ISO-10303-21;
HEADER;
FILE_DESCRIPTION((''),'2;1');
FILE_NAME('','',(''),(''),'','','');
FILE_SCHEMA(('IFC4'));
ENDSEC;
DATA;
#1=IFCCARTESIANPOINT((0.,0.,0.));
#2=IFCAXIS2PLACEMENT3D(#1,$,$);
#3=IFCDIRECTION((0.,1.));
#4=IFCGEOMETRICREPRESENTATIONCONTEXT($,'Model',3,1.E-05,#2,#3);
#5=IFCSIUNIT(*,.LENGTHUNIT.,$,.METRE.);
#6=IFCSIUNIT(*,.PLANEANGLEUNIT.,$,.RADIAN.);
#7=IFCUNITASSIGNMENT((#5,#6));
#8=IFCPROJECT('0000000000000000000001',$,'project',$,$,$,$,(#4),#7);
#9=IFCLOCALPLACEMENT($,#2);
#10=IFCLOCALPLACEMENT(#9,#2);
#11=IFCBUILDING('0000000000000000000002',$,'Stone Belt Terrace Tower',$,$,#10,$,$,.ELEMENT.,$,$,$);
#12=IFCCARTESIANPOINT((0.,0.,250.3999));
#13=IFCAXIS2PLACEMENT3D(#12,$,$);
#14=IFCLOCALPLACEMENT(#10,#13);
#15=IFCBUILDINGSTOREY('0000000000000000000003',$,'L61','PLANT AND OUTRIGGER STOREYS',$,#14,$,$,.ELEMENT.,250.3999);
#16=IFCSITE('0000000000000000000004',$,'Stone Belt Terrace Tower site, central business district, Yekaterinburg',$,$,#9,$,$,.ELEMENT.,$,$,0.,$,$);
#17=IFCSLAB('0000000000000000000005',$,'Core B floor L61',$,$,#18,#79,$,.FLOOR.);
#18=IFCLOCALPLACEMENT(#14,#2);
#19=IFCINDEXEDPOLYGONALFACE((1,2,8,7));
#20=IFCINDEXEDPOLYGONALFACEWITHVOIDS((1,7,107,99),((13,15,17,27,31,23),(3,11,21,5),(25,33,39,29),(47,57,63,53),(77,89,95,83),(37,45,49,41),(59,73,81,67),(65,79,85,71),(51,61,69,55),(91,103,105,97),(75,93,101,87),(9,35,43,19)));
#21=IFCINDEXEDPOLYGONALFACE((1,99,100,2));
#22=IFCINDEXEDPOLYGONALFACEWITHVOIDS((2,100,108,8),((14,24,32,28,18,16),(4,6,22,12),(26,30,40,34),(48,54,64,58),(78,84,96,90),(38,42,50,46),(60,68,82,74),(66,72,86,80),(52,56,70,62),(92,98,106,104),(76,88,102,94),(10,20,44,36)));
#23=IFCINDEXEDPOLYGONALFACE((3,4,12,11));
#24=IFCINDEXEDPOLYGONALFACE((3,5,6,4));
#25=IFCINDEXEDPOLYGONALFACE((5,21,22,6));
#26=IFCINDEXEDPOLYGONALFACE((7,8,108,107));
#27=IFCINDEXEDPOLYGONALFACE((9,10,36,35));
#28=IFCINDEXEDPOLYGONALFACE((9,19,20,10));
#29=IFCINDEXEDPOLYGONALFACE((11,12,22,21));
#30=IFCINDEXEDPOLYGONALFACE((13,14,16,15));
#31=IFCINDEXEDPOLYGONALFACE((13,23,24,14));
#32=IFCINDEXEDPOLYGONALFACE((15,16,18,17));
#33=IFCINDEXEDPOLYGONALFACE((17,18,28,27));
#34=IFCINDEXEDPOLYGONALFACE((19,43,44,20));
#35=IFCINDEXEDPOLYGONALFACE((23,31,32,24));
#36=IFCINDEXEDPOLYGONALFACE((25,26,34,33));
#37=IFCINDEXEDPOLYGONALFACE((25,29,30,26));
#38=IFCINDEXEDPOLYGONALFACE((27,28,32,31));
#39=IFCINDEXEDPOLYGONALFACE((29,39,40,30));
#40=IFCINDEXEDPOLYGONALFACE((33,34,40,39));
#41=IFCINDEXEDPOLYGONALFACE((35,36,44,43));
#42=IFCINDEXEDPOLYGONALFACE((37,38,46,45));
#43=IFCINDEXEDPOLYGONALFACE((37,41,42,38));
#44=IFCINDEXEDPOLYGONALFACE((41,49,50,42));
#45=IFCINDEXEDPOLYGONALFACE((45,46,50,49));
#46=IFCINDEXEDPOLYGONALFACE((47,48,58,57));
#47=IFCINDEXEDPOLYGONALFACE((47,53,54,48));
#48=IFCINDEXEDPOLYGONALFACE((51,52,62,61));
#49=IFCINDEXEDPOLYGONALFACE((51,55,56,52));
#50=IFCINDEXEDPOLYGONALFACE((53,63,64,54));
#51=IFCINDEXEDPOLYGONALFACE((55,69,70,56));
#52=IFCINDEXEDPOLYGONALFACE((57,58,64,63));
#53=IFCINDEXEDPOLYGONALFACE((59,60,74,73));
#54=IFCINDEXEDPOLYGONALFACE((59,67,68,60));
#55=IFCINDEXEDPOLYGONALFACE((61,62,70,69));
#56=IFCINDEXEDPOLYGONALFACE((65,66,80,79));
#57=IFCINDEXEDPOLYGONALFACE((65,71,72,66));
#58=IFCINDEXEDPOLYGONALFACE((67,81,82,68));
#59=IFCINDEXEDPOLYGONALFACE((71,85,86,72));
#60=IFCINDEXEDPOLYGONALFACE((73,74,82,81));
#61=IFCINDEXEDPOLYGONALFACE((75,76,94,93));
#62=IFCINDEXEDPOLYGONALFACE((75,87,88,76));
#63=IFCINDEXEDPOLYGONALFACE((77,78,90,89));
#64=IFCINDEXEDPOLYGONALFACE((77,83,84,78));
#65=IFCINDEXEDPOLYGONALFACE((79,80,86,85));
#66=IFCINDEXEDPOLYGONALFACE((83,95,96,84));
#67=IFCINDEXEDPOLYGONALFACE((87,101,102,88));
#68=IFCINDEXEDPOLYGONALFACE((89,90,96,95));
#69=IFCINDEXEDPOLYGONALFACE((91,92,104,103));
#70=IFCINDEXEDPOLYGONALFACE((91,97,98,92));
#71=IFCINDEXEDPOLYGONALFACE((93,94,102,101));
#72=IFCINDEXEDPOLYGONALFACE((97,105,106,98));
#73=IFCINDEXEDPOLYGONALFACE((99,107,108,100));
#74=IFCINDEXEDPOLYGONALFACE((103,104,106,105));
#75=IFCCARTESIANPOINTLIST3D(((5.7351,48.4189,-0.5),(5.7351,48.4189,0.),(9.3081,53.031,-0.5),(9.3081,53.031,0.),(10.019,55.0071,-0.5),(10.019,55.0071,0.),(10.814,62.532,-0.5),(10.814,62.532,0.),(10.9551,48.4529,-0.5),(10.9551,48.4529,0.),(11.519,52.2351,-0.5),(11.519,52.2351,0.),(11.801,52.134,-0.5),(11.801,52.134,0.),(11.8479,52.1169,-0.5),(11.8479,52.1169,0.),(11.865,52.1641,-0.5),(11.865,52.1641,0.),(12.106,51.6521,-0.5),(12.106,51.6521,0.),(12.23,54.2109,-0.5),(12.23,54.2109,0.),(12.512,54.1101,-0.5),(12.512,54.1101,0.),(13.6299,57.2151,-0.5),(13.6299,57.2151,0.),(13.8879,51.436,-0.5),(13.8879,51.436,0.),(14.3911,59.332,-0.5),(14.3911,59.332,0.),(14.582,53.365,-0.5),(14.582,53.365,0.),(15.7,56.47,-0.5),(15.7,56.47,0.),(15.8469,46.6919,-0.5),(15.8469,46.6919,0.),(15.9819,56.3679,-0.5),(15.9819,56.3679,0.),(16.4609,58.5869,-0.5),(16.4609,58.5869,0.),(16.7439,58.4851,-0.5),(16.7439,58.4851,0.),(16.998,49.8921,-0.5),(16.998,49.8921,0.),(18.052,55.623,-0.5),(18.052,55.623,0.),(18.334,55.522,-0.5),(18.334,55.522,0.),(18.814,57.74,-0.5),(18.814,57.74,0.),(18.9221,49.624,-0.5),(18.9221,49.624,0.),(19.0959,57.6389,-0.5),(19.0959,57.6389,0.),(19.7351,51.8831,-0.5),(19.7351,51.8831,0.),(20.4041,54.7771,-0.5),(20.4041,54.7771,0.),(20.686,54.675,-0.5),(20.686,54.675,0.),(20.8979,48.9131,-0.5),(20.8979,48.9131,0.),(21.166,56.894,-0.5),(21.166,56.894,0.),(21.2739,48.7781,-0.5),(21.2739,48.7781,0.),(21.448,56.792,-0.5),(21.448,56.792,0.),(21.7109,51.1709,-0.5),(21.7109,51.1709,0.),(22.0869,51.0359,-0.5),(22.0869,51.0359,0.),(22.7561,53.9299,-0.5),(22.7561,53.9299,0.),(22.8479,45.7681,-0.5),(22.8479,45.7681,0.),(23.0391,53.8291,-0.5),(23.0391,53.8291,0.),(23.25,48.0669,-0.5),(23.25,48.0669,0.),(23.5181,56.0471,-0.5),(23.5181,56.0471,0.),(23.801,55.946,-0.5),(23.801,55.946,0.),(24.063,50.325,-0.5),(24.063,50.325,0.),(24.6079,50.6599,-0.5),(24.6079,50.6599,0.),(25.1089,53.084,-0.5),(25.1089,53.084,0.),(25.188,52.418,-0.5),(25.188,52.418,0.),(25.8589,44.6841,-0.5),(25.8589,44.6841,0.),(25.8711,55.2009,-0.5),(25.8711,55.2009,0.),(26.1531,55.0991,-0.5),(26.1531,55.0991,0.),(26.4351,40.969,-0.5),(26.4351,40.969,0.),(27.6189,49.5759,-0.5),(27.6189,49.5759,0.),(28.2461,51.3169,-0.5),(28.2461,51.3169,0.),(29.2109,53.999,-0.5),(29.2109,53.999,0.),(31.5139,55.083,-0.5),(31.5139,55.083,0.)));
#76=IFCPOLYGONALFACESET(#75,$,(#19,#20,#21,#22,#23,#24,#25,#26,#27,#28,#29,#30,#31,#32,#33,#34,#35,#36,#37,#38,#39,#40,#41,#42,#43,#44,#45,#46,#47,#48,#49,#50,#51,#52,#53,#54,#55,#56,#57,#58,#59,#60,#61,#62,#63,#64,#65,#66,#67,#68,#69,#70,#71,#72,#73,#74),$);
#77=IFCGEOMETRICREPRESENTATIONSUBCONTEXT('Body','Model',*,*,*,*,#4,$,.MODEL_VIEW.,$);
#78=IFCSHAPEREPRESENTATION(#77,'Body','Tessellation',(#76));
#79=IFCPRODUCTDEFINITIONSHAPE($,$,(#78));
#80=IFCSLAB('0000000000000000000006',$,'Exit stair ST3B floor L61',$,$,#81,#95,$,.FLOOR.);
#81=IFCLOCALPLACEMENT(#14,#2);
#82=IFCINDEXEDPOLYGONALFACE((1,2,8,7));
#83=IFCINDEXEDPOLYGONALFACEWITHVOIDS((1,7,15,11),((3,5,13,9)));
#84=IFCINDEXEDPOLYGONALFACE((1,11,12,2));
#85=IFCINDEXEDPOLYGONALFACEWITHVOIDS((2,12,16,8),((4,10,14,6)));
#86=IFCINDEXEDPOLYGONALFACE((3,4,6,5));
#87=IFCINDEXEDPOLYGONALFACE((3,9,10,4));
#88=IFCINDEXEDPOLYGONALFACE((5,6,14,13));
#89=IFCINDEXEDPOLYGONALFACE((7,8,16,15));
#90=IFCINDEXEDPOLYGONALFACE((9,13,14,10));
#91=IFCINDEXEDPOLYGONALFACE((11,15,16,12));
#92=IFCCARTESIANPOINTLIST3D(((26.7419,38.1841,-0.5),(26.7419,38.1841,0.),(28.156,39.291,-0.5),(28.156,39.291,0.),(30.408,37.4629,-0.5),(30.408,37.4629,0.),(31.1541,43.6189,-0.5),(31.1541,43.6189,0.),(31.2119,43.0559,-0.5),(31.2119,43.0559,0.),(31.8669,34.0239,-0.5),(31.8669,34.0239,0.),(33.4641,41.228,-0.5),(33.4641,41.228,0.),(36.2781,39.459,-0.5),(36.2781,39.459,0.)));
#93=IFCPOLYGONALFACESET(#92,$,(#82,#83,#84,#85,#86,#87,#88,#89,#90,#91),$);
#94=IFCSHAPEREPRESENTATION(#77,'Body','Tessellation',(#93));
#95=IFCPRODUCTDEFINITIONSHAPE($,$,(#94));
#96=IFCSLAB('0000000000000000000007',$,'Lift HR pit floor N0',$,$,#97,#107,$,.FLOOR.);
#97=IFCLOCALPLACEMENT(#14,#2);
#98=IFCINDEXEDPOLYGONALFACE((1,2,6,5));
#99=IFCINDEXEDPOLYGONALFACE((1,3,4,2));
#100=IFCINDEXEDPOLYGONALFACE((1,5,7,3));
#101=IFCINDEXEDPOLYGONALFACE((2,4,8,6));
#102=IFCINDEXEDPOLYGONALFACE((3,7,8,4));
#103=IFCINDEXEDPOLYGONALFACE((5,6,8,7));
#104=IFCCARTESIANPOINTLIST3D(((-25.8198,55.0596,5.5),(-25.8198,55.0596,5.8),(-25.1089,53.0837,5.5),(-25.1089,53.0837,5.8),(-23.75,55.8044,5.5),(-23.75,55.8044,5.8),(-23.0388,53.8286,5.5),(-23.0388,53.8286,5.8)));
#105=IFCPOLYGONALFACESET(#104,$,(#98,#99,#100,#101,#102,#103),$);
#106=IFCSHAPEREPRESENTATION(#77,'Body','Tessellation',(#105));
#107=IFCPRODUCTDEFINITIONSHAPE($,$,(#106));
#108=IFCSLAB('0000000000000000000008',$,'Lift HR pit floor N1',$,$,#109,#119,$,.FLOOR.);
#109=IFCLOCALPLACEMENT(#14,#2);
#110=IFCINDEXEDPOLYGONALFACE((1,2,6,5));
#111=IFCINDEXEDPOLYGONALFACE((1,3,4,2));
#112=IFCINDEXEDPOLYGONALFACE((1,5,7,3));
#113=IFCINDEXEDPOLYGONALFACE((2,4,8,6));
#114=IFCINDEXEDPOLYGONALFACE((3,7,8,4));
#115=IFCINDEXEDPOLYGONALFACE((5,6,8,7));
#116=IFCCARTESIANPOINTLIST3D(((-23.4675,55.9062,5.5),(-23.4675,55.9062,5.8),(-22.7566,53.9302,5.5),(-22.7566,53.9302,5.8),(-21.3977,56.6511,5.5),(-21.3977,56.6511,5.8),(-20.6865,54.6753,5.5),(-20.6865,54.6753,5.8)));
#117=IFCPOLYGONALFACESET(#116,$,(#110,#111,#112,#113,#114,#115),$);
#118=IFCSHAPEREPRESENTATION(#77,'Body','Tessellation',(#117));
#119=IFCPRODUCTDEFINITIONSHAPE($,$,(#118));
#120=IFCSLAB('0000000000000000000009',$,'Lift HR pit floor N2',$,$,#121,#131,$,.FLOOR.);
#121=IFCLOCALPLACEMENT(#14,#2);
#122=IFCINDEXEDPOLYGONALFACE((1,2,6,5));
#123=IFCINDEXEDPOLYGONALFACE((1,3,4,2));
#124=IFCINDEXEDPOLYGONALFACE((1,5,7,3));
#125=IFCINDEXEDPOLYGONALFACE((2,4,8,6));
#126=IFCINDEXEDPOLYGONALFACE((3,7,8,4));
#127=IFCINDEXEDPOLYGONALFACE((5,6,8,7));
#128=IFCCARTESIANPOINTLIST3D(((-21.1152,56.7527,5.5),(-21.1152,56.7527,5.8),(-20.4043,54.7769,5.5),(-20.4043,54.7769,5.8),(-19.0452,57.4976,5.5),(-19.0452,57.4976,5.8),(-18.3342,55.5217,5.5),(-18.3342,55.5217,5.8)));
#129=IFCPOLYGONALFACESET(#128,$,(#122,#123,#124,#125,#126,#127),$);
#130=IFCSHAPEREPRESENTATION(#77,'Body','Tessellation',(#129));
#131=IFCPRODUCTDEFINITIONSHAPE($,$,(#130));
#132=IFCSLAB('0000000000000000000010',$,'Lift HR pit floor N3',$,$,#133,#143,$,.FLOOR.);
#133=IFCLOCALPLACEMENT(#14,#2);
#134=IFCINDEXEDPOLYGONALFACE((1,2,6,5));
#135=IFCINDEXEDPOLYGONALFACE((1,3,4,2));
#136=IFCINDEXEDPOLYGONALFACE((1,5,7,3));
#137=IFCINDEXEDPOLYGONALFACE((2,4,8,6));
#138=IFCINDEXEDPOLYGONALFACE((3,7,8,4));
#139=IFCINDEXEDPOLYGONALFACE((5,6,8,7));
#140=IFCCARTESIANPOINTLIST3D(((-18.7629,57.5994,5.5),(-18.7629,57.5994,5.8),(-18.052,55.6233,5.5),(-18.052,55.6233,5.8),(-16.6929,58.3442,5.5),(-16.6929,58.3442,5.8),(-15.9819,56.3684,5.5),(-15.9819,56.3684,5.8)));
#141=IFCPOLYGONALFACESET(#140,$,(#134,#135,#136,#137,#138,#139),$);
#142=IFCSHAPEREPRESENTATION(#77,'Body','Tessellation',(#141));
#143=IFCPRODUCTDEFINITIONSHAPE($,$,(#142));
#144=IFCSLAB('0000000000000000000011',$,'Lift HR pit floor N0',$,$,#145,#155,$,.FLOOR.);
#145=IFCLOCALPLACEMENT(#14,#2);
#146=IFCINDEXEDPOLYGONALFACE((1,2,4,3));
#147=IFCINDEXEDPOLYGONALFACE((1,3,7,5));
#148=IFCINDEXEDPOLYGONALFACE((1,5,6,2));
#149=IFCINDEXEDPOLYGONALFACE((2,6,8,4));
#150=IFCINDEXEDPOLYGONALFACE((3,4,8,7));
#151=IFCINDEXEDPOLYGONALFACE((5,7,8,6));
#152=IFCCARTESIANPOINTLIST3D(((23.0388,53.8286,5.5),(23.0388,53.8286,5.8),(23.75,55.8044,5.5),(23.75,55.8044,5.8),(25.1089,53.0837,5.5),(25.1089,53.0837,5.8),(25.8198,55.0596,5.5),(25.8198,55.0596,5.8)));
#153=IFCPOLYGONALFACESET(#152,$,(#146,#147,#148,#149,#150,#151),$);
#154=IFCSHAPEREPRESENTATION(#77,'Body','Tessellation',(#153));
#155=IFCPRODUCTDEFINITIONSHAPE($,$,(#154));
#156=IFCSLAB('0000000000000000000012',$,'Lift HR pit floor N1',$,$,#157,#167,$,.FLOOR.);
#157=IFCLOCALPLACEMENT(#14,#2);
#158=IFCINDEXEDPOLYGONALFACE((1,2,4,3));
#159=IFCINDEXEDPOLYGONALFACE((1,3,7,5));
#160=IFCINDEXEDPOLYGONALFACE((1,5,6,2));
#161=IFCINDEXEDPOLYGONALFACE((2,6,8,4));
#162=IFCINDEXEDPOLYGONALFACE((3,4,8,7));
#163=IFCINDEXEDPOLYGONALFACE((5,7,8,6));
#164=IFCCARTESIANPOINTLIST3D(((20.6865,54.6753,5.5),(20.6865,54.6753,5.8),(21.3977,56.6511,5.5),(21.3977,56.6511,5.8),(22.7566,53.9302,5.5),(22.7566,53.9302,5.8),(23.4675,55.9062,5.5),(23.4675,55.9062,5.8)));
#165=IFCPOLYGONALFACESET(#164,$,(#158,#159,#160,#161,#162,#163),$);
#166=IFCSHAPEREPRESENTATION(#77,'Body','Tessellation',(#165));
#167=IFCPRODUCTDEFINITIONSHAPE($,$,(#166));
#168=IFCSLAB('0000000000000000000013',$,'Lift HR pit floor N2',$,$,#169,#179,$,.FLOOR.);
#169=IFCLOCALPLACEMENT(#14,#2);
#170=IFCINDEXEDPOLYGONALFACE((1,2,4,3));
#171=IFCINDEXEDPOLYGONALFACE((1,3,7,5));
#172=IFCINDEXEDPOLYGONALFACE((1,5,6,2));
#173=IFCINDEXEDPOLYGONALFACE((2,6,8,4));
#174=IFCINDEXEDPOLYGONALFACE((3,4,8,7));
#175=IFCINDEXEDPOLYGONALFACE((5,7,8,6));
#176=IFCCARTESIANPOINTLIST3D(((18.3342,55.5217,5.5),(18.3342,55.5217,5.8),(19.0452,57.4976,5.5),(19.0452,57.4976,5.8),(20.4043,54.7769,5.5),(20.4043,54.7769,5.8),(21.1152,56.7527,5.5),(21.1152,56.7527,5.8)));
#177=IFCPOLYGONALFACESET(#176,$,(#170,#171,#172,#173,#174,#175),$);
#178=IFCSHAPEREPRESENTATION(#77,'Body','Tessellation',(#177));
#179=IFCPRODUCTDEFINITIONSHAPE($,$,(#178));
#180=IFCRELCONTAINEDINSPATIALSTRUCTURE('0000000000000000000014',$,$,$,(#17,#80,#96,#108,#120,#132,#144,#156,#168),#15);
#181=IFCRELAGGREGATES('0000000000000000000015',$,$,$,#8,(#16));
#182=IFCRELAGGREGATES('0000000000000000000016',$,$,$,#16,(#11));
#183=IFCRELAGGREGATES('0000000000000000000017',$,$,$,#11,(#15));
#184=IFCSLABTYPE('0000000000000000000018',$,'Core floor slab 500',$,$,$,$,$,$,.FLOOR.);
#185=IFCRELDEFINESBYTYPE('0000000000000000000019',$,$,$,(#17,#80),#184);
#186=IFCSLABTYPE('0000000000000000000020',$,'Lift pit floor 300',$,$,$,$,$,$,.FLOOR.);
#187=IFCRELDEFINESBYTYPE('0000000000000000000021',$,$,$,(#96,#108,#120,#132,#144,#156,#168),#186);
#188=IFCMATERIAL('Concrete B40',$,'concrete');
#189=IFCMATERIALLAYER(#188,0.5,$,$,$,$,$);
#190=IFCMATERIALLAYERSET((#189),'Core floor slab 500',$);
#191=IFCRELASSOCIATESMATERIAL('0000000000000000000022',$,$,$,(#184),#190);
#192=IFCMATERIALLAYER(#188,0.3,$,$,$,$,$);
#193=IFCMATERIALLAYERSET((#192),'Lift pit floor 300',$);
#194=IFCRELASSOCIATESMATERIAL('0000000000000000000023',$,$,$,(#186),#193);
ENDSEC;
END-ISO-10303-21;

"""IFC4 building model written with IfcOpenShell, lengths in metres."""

from ifc_helpers import new_model, si_unit, direction, frame, origin, place, context, subcontext, project, spatial, polyline, outline, extrude, material, layer, layer_set, type_object, element, save


model = new_model("IFC4")

# Units and contexts
model_context = context("Model", 3, precision=1e-05, world=origin(), true_north=direction((0.0, 1.0)))
body_context = subcontext(model_context, "Body", "Model", "MODEL_VIEW")
ifc_project = project(units=[si_unit("LENGTHUNIT", "METRE"), si_unit("PLANEANGLEUNIT", "RADIAN")], contexts=[model_context])

# Site, building, storey
site_placement = place(None, origin())
site = spatial("IfcSite", under=ifc_project, at=site_placement, Name="Stone Belt Terrace Tower site, central business district, Yekaterinburg", CompositionType="ELEMENT", RefElevation=0.0)
building_placement = place(site_placement, origin())
building = spatial("IfcBuilding", under=site, at=building_placement, Name="Stone Belt Terrace Tower", CompositionType="ELEMENT")
storey_placement = place(building_placement, frame((0.0, 0.0, 250.3999)))
storey = spatial("IfcBuildingStorey", under=building, at=storey_placement, Name="L61", Description="PLANT AND OUTRIGGER STOREYS", CompositionType="ELEMENT", Elevation=250.3999)

# Slabs
ifc_material_1 = material(Name="Concrete B40", Category="concrete")
ifc_layer_1 = layer(ifc_material_1, 0.5)
ifc_layer_set_1 = layer_set([ifc_layer_1], Name="Core floor slab 500")
slab_type_1 = type_object("IfcSlabType", Name="Core floor slab 500", PredefinedType="FLOOR", material=ifc_layer_set_1)
slab_1_placement = place(storey_placement, frame((0.0, 0.0, -0.5)))
element("IfcSlab", 1, at=slab_1_placement, inside=storey, type_object=slab_type_1, Name="Core B floor L61", PredefinedType="FLOOR", context=body_context, shape_type="SweptSolid", body=[
    extrude(outline(polyline([(26.4351, 40.969), (31.5139, 55.083), (10.814, 62.532), (5.7351, 48.4189), (26.4351, 40.969)]), holes=[polyline([(12.106, 51.6521), (16.998, 49.8921), (15.8469, 46.6919), (10.9551, 48.4529), (12.106, 51.6521)]), polyline([(12.512, 54.1101), (14.582, 53.365), (13.8879, 51.436), (11.865, 52.1641), (11.8479, 52.1169), (11.801, 52.134), (12.512, 54.1101)]), polyline([(9.3081, 53.031), (10.019, 55.0071), (12.23, 54.2109), (11.519, 52.2351), (9.3081, 53.031)]), polyline([(18.334, 55.522), (19.0959, 57.6389), (21.166, 56.894), (20.4041, 54.7771), (18.334, 55.522)]), polyline([(16.7439, 58.4851), (18.814, 57.74), (18.052, 55.623), (15.9819, 56.3679), (16.7439, 58.4851)]), polyline([(14.3911, 59.332), (16.4609, 58.5869), (15.7, 56.47), (13.6299, 57.2151), (14.3911, 59.332)]), polyline([(27.6189, 49.5759), (25.8589, 44.6841), (22.8479, 45.7681), (24.6079, 50.6599), (27.6189, 49.5759)]), polyline([(21.2739, 48.7781), (22.0869, 51.0359), (24.063, 50.325), (23.25, 48.0669), (21.2739, 48.7781)]), polyline([(18.9221, 49.624), (19.7351, 51.8831), (21.7109, 51.1709), (20.8979, 48.9131), (18.9221, 49.624)]), polyline([(26.1531, 55.0991), (29.2109, 53.999), (28.2461, 51.3169), (25.188, 52.418), (26.1531, 55.0991)]), polyline([(23.801, 55.946), (25.8711, 55.2009), (25.1089, 53.084), (23.0391, 53.8291), (23.801, 55.946)]), polyline([(21.448, 56.792), (23.5181, 56.0471), (22.7561, 53.9299), (20.686, 54.675), (21.448, 56.792)])]), origin(), (0.0, 0.0, 1.0), 0.5),
])
slab_2_placement = place(storey_placement, frame((0.0, 0.0, -0.5)))
element("IfcSlab", 2, at=slab_2_placement, inside=storey, type_object=slab_type_1, Name="Exit stair ST3B floor L61", PredefinedType="FLOOR", context=body_context, shape_type="SweptSolid", body=[
    extrude(outline(polyline([(26.7419, 38.1841), (31.8669, 34.0239), (36.2781, 39.459), (31.1541, 43.6189), (26.7419, 38.1841)]), holes=[polyline([(30.408, 37.4629), (28.156, 39.291), (31.2119, 43.0559), (33.4641, 41.228), (30.408, 37.4629)])]), origin(), (0.0, 0.0, 1.0), 0.5),
])
ifc_layer_2 = layer(ifc_material_1, 0.3)
ifc_layer_set_2 = layer_set([ifc_layer_2], Name="Lift pit floor 300")
slab_type_2 = type_object("IfcSlabType", Name="Lift pit floor 300", PredefinedType="FLOOR", material=ifc_layer_set_2)
slab_3_placement = place(storey_placement, frame((0.0, 0.0, 5.5)))
element("IfcSlab", 3, at=slab_3_placement, inside=storey, type_object=slab_type_2, Name="Lift HR pit floor N0", PredefinedType="FLOOR", context=body_context, shape_type="SweptSolid", body=[
    extrude(outline(polyline([(-25.1089, 53.0837), (-23.0388, 53.8286), (-23.75, 55.8044), (-25.8198, 55.0596), (-25.1089, 53.0837)])), origin(), (0.0, 0.0, 1.0), 0.3),
])
slab_4_placement = place(storey_placement, frame((0.0, 0.0, 5.5)))
element("IfcSlab", 4, at=slab_4_placement, inside=storey, type_object=slab_type_2, Name="Lift HR pit floor N1", PredefinedType="FLOOR", context=body_context, shape_type="SweptSolid", body=[
    extrude(outline(polyline([(-22.7566, 53.9302), (-20.6865, 54.6753), (-21.3977, 56.6511), (-23.4675, 55.9062), (-22.7566, 53.9302)])), origin(), (0.0, 0.0, 1.0), 0.3),
])
slab_5_placement = place(storey_placement, frame((0.0, 0.0, 5.5)))
element("IfcSlab", 5, at=slab_5_placement, inside=storey, type_object=slab_type_2, Name="Lift HR pit floor N2", PredefinedType="FLOOR", context=body_context, shape_type="SweptSolid", body=[
    extrude(outline(polyline([(-20.4043, 54.7769), (-18.3342, 55.5217), (-19.0452, 57.4976), (-21.1152, 56.7527), (-20.4043, 54.7769)])), origin(), (0.0, 0.0, 1.0), 0.3),
])
slab_6_placement = place(storey_placement, frame((0.0, 0.0, 5.5)))
element("IfcSlab", 6, at=slab_6_placement, inside=storey, type_object=slab_type_2, Name="Lift HR pit floor N3", PredefinedType="FLOOR", context=body_context, shape_type="SweptSolid", body=[
    extrude(outline(polyline([(-18.052, 55.6233), (-15.9819, 56.3684), (-16.6929, 58.3442), (-18.7629, 57.5994), (-18.052, 55.6233)])), origin(), (0.0, 0.0, 1.0), 0.3),
])
slab_7_placement = place(storey_placement, frame((0.0, 0.0, 5.5)))
element("IfcSlab", 7, at=slab_7_placement, inside=storey, type_object=slab_type_2, Name="Lift HR pit floor N0", PredefinedType="FLOOR", context=body_context, shape_type="SweptSolid", body=[
    extrude(outline(polyline([(25.1089, 53.0837), (23.0388, 53.8286), (23.75, 55.8044), (25.8198, 55.0596), (25.1089, 53.0837)])), origin(), (0.0, 0.0, 1.0), 0.3),
])
slab_8_placement = place(storey_placement, frame((0.0, 0.0, 5.5)))
element("IfcSlab", 8, at=slab_8_placement, inside=storey, type_object=slab_type_2, Name="Lift HR pit floor N1", PredefinedType="FLOOR", context=body_context, shape_type="SweptSolid", body=[
    extrude(outline(polyline([(22.7566, 53.9302), (20.6865, 54.6753), (21.3977, 56.6511), (23.4675, 55.9062), (22.7566, 53.9302)])), origin(), (0.0, 0.0, 1.0), 0.3),
])
slab_9_placement = place(storey_placement, frame((0.0, 0.0, 5.5)))
element("IfcSlab", 9, at=slab_9_placement, inside=storey, type_object=slab_type_2, Name="Lift HR pit floor N2", PredefinedType="FLOOR", context=body_context, shape_type="SweptSolid", body=[
    extrude(outline(polyline([(20.4043, 54.7769), (18.3342, 55.5217), (19.0452, 57.4976), (21.1152, 56.7527), (20.4043, 54.7769)])), origin(), (0.0, 0.0, 1.0), 0.3),
])

save(model, "model.ifc")
